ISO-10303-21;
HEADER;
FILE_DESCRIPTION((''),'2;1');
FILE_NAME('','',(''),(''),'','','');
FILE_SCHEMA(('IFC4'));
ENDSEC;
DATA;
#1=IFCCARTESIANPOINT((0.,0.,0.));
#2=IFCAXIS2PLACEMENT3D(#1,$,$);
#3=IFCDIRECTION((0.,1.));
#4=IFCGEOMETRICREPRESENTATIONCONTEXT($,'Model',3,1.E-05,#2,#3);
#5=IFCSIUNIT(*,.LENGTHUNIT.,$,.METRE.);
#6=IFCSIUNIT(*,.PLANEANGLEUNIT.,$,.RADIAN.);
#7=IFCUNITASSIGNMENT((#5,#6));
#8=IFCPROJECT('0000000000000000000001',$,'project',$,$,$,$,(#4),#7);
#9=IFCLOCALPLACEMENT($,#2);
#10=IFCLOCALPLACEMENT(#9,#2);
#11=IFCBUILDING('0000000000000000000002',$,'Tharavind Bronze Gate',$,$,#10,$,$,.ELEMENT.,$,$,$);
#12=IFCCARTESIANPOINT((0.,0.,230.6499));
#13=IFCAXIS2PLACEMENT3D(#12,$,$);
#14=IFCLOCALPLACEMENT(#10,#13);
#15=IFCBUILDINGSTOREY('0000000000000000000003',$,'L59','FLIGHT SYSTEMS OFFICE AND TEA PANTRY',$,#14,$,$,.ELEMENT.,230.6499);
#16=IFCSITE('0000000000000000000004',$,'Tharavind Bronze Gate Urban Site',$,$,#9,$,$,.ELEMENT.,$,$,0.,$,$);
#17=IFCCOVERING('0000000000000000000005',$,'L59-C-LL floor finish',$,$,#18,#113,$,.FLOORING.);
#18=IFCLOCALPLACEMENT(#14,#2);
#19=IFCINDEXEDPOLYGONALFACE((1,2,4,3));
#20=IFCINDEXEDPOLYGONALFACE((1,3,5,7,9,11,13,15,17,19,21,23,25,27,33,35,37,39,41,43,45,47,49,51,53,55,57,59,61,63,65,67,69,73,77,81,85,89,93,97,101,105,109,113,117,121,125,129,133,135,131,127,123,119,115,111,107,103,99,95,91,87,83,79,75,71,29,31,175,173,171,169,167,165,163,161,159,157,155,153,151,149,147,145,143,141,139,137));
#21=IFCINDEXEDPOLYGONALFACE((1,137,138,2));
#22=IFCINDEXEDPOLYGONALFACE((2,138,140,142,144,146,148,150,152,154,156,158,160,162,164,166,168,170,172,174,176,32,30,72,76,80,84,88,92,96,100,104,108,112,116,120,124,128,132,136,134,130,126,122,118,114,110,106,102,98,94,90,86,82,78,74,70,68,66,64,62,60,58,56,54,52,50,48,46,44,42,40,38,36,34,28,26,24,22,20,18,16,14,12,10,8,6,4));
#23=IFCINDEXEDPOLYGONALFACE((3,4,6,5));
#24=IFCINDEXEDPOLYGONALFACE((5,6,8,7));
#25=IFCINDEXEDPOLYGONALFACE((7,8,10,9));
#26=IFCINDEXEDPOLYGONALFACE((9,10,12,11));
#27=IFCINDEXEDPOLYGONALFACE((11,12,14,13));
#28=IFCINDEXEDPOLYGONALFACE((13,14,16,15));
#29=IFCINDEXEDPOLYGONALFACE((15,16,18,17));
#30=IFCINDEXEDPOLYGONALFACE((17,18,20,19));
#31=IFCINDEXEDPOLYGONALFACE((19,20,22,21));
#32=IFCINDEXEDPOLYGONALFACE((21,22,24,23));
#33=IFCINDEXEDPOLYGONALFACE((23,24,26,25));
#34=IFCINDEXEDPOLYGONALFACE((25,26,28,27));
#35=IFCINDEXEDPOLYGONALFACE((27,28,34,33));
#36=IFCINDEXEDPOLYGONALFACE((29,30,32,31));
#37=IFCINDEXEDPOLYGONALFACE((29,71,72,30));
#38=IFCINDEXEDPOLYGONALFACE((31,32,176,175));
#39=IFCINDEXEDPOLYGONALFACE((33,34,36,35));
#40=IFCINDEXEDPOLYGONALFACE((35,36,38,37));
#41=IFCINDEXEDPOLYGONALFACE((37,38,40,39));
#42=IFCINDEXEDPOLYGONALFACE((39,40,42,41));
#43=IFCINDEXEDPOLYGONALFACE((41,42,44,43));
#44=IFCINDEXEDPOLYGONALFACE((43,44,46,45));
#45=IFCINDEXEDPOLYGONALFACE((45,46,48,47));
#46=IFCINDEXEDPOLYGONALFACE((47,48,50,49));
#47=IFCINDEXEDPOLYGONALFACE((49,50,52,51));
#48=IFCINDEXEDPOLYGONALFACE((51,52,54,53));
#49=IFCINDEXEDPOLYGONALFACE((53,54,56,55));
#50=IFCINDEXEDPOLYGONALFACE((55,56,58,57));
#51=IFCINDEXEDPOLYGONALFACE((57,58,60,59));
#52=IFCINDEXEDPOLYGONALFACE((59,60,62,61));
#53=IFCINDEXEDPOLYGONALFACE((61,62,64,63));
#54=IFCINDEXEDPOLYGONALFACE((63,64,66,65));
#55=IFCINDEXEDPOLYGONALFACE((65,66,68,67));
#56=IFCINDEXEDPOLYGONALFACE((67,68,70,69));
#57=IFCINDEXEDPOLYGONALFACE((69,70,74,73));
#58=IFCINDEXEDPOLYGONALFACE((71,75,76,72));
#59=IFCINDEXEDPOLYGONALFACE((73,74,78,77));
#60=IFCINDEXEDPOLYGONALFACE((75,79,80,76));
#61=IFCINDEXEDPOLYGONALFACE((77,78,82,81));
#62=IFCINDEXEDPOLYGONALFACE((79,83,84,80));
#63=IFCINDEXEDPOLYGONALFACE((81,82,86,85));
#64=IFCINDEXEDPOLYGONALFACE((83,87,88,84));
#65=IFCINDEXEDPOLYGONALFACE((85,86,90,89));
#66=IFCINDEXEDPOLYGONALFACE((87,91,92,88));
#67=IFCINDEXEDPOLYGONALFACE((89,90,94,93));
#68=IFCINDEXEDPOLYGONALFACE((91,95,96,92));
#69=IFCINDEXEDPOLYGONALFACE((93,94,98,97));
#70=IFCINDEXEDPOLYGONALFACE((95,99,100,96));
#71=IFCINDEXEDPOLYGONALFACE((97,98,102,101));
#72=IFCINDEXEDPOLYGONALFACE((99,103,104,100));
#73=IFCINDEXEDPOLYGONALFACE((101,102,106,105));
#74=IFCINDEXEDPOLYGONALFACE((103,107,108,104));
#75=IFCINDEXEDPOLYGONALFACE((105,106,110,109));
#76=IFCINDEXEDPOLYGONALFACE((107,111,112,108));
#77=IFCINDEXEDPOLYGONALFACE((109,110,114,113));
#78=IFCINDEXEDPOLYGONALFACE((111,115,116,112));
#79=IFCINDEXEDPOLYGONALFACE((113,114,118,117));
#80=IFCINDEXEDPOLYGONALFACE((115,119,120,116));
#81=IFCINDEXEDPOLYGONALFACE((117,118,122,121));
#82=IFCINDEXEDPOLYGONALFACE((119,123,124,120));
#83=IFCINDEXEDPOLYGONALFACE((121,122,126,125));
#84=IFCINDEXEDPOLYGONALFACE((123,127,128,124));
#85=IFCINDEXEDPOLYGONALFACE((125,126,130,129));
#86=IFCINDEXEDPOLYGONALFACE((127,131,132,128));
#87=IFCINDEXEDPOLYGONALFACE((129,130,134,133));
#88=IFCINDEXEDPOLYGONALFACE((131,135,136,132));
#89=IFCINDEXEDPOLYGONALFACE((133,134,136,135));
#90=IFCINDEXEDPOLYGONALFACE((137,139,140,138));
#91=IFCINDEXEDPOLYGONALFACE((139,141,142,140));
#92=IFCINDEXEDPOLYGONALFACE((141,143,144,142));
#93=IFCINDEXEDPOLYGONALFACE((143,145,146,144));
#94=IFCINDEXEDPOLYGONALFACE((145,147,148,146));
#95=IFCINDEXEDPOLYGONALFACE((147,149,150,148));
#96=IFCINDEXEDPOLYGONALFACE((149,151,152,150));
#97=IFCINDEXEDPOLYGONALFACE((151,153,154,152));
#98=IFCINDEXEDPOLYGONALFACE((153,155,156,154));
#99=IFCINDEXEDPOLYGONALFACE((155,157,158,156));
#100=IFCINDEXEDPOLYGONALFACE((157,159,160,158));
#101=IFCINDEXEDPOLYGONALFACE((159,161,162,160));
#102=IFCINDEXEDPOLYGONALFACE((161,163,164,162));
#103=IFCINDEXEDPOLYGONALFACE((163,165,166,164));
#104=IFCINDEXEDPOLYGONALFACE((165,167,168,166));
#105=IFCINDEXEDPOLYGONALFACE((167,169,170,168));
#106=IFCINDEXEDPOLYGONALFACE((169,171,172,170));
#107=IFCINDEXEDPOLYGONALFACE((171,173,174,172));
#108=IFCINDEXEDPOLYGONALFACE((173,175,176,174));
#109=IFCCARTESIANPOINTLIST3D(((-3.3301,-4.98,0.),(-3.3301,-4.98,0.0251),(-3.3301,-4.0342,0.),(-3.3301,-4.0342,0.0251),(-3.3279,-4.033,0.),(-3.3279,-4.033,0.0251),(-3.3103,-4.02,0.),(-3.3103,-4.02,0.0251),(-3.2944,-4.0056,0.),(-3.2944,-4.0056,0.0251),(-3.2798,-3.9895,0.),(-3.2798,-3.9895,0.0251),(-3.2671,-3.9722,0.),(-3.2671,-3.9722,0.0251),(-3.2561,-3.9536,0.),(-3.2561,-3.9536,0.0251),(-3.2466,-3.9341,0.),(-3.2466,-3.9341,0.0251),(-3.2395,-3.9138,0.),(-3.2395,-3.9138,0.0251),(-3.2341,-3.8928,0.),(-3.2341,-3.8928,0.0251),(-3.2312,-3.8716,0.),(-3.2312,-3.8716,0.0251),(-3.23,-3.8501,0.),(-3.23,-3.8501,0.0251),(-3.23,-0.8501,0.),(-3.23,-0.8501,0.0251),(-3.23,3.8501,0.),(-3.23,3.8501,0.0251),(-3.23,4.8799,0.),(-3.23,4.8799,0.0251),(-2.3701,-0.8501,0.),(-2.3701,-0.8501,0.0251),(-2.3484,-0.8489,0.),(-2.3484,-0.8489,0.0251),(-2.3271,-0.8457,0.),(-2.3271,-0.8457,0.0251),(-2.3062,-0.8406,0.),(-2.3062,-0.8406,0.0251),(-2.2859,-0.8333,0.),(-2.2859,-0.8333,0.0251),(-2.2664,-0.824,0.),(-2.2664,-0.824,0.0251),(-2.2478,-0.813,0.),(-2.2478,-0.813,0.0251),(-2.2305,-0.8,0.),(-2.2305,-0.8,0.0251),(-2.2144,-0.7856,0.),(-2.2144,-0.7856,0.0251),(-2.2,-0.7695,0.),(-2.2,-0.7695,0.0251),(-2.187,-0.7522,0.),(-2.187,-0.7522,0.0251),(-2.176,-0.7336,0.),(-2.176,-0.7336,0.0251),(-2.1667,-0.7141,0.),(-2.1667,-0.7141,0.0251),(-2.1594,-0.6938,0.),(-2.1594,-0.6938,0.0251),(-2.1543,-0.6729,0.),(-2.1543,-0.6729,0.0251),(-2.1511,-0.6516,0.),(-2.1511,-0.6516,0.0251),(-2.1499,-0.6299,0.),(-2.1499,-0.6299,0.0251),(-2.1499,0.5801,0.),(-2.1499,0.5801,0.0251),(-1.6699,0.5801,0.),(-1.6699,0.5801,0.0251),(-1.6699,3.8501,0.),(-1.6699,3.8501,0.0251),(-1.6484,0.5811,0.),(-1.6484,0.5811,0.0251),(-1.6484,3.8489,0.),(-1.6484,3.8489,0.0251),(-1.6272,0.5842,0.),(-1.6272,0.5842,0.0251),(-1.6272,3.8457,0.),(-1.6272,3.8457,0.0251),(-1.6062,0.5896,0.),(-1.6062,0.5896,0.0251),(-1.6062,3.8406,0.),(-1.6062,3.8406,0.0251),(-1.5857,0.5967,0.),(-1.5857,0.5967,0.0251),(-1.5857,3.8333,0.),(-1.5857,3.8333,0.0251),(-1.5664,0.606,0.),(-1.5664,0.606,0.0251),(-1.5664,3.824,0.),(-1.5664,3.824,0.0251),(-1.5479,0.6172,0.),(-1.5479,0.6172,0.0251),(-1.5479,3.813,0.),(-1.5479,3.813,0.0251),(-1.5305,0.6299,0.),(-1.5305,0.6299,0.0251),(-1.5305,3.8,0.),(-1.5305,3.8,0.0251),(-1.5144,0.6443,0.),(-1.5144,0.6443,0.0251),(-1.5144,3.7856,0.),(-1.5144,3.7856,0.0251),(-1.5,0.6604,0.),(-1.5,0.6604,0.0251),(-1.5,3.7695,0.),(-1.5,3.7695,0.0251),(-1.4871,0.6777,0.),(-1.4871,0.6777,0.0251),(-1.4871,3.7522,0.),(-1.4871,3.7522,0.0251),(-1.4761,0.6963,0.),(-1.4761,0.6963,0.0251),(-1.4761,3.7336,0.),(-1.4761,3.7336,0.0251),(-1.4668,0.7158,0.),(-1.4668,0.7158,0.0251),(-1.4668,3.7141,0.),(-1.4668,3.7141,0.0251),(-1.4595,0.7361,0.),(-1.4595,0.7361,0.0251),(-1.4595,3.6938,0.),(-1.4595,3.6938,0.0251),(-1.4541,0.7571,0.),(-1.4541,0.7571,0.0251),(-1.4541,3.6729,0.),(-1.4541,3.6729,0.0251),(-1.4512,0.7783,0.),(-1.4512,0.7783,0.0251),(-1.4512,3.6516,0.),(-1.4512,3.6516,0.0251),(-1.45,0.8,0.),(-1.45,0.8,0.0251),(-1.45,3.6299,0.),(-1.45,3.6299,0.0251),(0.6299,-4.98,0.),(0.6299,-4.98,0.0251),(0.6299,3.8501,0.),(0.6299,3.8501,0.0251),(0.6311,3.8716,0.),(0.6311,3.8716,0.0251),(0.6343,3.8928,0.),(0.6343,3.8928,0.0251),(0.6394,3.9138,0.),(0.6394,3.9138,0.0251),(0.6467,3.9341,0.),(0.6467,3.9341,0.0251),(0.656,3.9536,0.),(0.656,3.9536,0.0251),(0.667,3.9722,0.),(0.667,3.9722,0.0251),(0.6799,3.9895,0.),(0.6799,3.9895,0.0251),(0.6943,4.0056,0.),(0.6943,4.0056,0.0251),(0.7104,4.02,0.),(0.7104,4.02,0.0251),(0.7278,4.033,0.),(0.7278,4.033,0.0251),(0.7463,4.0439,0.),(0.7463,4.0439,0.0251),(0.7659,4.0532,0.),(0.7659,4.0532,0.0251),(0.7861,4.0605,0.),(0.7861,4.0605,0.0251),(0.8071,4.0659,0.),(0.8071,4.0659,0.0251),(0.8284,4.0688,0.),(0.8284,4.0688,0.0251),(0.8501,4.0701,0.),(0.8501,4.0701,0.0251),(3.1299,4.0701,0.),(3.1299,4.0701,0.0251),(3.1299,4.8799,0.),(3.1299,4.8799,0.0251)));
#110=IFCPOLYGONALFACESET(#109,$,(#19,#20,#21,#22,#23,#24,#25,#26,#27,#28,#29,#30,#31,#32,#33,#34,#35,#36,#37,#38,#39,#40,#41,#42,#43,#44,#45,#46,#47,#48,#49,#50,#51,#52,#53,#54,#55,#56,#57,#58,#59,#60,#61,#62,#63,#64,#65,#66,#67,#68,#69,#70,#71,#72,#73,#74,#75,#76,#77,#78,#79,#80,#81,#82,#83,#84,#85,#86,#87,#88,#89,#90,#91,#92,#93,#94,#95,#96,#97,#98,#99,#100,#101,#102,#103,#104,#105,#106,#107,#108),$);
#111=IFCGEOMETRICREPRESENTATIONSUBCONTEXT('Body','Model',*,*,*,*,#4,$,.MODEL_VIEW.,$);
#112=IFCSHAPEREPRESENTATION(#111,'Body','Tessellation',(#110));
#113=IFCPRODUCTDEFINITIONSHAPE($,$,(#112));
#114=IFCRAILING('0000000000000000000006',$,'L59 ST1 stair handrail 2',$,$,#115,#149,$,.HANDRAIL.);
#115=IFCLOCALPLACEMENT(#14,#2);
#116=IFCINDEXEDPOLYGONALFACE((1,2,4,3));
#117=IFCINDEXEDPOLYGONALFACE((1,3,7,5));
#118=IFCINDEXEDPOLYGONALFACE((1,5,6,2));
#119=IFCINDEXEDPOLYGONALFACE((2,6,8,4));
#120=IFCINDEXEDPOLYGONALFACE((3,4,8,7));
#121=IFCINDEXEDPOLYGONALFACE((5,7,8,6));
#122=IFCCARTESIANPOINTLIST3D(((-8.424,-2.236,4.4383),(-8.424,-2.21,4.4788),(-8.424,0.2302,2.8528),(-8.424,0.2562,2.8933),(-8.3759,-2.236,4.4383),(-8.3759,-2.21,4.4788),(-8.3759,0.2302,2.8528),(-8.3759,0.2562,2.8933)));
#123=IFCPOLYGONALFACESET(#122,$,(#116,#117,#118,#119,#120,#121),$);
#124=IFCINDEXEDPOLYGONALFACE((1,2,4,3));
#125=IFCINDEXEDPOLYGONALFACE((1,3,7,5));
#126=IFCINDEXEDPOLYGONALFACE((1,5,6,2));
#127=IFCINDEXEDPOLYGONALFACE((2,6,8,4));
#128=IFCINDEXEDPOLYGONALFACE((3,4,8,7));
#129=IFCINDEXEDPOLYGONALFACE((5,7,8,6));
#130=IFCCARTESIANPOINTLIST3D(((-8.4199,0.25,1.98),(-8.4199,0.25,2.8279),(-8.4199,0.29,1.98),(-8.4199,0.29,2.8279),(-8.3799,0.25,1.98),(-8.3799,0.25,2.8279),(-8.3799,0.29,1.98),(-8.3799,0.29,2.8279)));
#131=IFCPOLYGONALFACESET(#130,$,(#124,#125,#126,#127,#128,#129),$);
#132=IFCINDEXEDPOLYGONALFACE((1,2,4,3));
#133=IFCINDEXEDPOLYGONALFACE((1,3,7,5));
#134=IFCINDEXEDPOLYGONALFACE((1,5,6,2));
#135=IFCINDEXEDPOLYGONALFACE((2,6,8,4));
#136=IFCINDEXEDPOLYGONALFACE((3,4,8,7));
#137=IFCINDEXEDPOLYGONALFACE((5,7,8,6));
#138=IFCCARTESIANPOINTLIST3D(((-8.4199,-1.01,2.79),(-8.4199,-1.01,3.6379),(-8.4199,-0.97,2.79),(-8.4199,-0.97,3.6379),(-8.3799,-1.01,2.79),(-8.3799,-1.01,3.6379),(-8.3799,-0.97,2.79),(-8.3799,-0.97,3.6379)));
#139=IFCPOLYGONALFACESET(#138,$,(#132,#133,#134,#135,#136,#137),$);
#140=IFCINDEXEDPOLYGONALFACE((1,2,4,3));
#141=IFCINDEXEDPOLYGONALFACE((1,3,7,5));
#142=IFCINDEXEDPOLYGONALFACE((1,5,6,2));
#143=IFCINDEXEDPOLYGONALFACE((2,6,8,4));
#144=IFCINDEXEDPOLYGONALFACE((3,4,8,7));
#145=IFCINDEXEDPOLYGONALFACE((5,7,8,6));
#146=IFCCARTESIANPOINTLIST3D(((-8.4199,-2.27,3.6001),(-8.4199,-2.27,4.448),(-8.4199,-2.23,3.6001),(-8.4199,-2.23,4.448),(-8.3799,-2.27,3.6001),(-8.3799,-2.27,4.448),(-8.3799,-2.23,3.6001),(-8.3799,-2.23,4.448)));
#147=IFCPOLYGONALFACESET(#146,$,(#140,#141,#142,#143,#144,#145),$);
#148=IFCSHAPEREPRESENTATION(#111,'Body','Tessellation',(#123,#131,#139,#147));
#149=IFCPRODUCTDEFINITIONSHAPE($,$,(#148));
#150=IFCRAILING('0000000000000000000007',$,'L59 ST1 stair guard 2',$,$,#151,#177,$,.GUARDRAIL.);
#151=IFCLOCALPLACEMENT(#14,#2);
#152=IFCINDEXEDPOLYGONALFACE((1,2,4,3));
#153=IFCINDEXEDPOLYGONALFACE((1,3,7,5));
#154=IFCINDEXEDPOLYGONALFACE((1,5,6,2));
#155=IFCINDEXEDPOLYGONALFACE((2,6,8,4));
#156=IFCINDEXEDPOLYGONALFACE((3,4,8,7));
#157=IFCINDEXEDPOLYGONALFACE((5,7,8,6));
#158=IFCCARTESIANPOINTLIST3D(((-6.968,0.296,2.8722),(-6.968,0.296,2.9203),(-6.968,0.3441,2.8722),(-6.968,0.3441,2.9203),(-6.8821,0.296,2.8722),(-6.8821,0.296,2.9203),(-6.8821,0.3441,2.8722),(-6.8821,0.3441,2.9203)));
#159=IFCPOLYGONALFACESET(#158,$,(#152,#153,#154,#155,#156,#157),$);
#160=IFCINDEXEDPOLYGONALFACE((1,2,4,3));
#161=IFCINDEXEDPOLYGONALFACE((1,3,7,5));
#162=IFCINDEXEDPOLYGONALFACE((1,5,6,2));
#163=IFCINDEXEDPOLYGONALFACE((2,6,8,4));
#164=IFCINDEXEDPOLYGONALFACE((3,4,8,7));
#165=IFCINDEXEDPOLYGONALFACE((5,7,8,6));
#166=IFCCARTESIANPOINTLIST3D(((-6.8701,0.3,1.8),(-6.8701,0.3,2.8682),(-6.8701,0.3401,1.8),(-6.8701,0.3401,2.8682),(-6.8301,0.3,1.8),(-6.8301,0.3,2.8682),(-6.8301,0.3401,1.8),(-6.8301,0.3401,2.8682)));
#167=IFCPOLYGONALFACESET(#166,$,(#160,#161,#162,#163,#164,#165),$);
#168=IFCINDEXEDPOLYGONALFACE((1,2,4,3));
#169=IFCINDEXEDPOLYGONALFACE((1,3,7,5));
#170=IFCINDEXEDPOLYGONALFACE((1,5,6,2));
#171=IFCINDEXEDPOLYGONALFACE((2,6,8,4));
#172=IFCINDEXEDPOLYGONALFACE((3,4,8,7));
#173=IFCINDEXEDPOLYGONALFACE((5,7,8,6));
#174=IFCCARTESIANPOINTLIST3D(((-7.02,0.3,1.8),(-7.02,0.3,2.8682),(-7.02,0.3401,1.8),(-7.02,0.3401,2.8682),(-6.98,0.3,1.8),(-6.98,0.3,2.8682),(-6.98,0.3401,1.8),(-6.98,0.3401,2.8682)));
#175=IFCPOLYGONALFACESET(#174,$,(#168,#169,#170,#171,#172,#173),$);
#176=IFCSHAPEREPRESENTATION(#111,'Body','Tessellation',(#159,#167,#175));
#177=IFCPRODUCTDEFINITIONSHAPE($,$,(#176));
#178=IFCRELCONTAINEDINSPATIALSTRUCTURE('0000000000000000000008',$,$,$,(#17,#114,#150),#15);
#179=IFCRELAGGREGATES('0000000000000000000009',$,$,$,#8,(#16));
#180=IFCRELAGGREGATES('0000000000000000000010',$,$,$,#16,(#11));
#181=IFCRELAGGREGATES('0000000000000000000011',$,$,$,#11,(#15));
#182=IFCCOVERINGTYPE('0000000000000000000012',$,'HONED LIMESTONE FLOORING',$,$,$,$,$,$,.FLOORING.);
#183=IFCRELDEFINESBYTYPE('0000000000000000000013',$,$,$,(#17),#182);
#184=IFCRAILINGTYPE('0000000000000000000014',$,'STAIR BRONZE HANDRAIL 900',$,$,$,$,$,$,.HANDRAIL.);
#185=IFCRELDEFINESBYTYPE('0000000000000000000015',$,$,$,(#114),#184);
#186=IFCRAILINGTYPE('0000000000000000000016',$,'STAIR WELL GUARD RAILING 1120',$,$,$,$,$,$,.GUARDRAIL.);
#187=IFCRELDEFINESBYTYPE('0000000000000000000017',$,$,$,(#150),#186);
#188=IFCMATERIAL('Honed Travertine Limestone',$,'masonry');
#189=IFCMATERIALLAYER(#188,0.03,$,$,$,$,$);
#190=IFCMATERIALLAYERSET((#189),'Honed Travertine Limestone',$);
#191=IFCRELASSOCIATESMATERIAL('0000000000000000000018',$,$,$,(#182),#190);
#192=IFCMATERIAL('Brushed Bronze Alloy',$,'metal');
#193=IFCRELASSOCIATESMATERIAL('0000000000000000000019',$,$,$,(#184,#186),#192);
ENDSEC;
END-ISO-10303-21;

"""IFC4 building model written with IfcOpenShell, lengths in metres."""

from ifc_helpers import new_model, si_unit, direction, frame, origin, origin_2d, place, context, subcontext, project, spatial, polyline, rectangle, outline, extrude, material, layer, layer_set, type_object, element, save


model = new_model("IFC4")

# Units and contexts
model_context = context("Model", 3, precision=1e-05, world=origin(), true_north=direction((0.0, 1.0)))
body_context = subcontext(model_context, "Body", "Model", "MODEL_VIEW")
ifc_project = project(units=[si_unit("LENGTHUNIT", "METRE"), si_unit("PLANEANGLEUNIT", "RADIAN")], contexts=[model_context])

# Site, building, storey
site_placement = place(None, origin())
site = spatial("IfcSite", under=ifc_project, at=site_placement, Name="Tharavind Bronze Gate Urban Site", CompositionType="ELEMENT", RefElevation=0.0)
building_placement = place(site_placement, origin())
building = spatial("IfcBuilding", under=site, at=building_placement, Name="Tharavind Bronze Gate", CompositionType="ELEMENT")
storey_placement = place(building_placement, frame((0.0, 0.0, 230.6499)))
storey = spatial("IfcBuildingStorey", under=building, at=storey_placement, Name="L59", Description="FLIGHT SYSTEMS OFFICE AND TEA PANTRY", CompositionType="ELEMENT", Elevation=230.6499)

# Covering
ifc_material_1 = material(Name="Honed Travertine Limestone", Category="masonry")
ifc_layer_1 = layer(ifc_material_1, 0.03)
ifc_layer_set_1 = layer_set([ifc_layer_1], Name="Honed Travertine Limestone")
covering_type_1 = type_object("IfcCoveringType", Name="HONED LIMESTONE FLOORING", PredefinedType="FLOORING", material=ifc_layer_set_1)
covering_1_placement = place(storey_placement, origin())
element("IfcCovering", 1, at=covering_1_placement, inside=storey, type_object=covering_type_1, Name="L59-C-LL floor finish", PredefinedType="FLOORING", context=body_context, shape_type="SweptSolid", body=[
    extrude(outline(polyline([(-3.3301, -4.98), (0.6299, -4.98), (0.6299, 3.8501), (0.6311, 3.8716), (0.6343, 3.8928), (0.6394, 3.9138), (0.6467, 3.9341), (0.656, 3.9536), (0.667, 3.9722), (0.6799, 3.9895), (0.6943, 4.0056), (0.7104, 4.02), (0.7278, 4.033), (0.7463, 4.0439), (0.7659, 4.0532), (0.7861, 4.0605), (0.8071, 4.0659), (0.8284, 4.0688), (0.8501, 4.0701), (3.1299, 4.0701), (3.1299, 4.8799), (-3.23, 4.8799), (-3.23, 3.8501), (-1.6699, 3.8501), (-1.6484, 3.8489), (-1.6272, 3.8457), (-1.6062, 3.8406), (-1.5857, 3.8333), (-1.5664, 3.824), (-1.5479, 3.813), (-1.5305, 3.8), (-1.5144, 3.7856), (-1.5, 3.7695), (-1.4871, 3.7522), (-1.4761, 3.7336), (-1.4668, 3.7141), (-1.4595, 3.6938), (-1.4541, 3.6729), (-1.4512, 3.6516), (-1.45, 3.6299), (-1.45, 0.8), (-1.4512, 0.7783), (-1.4541, 0.7571), (-1.4595, 0.7361), (-1.4668, 0.7158), (-1.4761, 0.6963), (-1.4871, 0.6777), (-1.5, 0.6604), (-1.5144, 0.6443), (-1.5305, 0.6299), (-1.5479, 0.6172), (-1.5664, 0.606), (-1.5857, 0.5967), (-1.6062, 0.5896), (-1.6272, 0.5842), (-1.6484, 0.5811), (-1.6699, 0.5801), (-2.1499, 0.5801), (-2.1499, -0.6299), (-2.1511, -0.6516), (-2.1543, -0.6729), (-2.1594, -0.6938), (-2.1667, -0.7141), (-2.176, -0.7336), (-2.187, -0.7522), (-2.2, -0.7695), (-2.2144, -0.7856), (-2.2305, -0.8), (-2.2478, -0.813), (-2.2664, -0.824), (-2.2859, -0.8333), (-2.3062, -0.8406), (-2.3271, -0.8457), (-2.3484, -0.8489), (-2.3701, -0.8501), (-3.23, -0.8501), (-3.23, -3.8501), (-3.2312, -3.8716), (-3.2341, -3.8928), (-3.2395, -3.9138), (-3.2466, -3.9341), (-3.2561, -3.9536), (-3.2671, -3.9722), (-3.2798, -3.9895), (-3.2944, -4.0056), (-3.3103, -4.02), (-3.3279, -4.033), (-3.3301, -4.0342), (-3.3301, -4.98)])), origin(), (0.0, 0.0, 1.0), 0.0251),
])

# Railings
ifc_material_2 = material(Name="Brushed Bronze Alloy", Category="metal")
railing_type_1 = type_object("IfcRailingType", Name="STAIR BRONZE HANDRAIL 900", PredefinedType="HANDRAIL", material=ifc_material_2)
railing_1_placement = place(storey_placement, frame((-8.3999, 0.27, 1.98)))
element("IfcRailing", 2, at=railing_1_placement, inside=storey, type_object=railing_type_1, Name="L59 ST1 stair handrail 2", PredefinedType="HANDRAIL", context=body_context, shape_type="SweptSolid", body=[
    extrude(rectangle(XDim=0.0481, YDim=0.0481, at=origin_2d()), frame((0.0, -0.0269, 0.8931), z_axis=(0.0, -0.841163, 0.540782), x_axis=(1.0, 0.0, 0.0)), (0.0, 0.0, 1.0), 2.9319),
    extrude(rectangle(XDim=0.04, YDim=0.04, at=origin_2d()), origin(), (0.0, 0.0, 1.0), 0.8479),
    extrude(rectangle(XDim=0.04, YDim=0.04, at=origin_2d()), frame((0.0, -1.26, 0.8101)), (0.0, 0.0, 1.0), 0.8479),
    extrude(rectangle(XDim=0.04, YDim=0.04, at=origin_2d()), frame((0.0, -2.52, 1.6201)), (0.0, 0.0, 1.0), 0.8479),
])
railing_type_2 = type_object("IfcRailingType", Name="STAIR WELL GUARD RAILING 1120", PredefinedType="GUARDRAIL", material=ifc_material_2)
railing_2_placement = place(storey_placement, frame((-6.8501, 0.3201, 1.8)))
element("IfcRailing", 3, at=railing_2_placement, inside=storey, type_object=railing_type_2, Name="L59 ST1 stair guard 2", PredefinedType="GUARDRAIL", context=body_context, shape_type="SweptSolid", body=[
    extrude(rectangle(XDim=0.0481, YDim=0.0481, at=origin_2d()), frame((-0.032, 0.0, 1.0962), z_axis=(-1.0, 0.0, 0.0), x_axis=(0.0, -1.0, 0.0)), (0.0, 0.0, 1.0), 0.0859),
    extrude(rectangle(XDim=0.04, YDim=0.04, at=origin_2d()), origin(), (0.0, 0.0, 1.0), 1.0681),
    extrude(rectangle(XDim=0.04, YDim=0.04, at=origin_2d()), frame((-0.1499, 0.0, 0.0)), (0.0, 0.0, 1.0), 1.0681),
])

save(model, "model.ifc")
